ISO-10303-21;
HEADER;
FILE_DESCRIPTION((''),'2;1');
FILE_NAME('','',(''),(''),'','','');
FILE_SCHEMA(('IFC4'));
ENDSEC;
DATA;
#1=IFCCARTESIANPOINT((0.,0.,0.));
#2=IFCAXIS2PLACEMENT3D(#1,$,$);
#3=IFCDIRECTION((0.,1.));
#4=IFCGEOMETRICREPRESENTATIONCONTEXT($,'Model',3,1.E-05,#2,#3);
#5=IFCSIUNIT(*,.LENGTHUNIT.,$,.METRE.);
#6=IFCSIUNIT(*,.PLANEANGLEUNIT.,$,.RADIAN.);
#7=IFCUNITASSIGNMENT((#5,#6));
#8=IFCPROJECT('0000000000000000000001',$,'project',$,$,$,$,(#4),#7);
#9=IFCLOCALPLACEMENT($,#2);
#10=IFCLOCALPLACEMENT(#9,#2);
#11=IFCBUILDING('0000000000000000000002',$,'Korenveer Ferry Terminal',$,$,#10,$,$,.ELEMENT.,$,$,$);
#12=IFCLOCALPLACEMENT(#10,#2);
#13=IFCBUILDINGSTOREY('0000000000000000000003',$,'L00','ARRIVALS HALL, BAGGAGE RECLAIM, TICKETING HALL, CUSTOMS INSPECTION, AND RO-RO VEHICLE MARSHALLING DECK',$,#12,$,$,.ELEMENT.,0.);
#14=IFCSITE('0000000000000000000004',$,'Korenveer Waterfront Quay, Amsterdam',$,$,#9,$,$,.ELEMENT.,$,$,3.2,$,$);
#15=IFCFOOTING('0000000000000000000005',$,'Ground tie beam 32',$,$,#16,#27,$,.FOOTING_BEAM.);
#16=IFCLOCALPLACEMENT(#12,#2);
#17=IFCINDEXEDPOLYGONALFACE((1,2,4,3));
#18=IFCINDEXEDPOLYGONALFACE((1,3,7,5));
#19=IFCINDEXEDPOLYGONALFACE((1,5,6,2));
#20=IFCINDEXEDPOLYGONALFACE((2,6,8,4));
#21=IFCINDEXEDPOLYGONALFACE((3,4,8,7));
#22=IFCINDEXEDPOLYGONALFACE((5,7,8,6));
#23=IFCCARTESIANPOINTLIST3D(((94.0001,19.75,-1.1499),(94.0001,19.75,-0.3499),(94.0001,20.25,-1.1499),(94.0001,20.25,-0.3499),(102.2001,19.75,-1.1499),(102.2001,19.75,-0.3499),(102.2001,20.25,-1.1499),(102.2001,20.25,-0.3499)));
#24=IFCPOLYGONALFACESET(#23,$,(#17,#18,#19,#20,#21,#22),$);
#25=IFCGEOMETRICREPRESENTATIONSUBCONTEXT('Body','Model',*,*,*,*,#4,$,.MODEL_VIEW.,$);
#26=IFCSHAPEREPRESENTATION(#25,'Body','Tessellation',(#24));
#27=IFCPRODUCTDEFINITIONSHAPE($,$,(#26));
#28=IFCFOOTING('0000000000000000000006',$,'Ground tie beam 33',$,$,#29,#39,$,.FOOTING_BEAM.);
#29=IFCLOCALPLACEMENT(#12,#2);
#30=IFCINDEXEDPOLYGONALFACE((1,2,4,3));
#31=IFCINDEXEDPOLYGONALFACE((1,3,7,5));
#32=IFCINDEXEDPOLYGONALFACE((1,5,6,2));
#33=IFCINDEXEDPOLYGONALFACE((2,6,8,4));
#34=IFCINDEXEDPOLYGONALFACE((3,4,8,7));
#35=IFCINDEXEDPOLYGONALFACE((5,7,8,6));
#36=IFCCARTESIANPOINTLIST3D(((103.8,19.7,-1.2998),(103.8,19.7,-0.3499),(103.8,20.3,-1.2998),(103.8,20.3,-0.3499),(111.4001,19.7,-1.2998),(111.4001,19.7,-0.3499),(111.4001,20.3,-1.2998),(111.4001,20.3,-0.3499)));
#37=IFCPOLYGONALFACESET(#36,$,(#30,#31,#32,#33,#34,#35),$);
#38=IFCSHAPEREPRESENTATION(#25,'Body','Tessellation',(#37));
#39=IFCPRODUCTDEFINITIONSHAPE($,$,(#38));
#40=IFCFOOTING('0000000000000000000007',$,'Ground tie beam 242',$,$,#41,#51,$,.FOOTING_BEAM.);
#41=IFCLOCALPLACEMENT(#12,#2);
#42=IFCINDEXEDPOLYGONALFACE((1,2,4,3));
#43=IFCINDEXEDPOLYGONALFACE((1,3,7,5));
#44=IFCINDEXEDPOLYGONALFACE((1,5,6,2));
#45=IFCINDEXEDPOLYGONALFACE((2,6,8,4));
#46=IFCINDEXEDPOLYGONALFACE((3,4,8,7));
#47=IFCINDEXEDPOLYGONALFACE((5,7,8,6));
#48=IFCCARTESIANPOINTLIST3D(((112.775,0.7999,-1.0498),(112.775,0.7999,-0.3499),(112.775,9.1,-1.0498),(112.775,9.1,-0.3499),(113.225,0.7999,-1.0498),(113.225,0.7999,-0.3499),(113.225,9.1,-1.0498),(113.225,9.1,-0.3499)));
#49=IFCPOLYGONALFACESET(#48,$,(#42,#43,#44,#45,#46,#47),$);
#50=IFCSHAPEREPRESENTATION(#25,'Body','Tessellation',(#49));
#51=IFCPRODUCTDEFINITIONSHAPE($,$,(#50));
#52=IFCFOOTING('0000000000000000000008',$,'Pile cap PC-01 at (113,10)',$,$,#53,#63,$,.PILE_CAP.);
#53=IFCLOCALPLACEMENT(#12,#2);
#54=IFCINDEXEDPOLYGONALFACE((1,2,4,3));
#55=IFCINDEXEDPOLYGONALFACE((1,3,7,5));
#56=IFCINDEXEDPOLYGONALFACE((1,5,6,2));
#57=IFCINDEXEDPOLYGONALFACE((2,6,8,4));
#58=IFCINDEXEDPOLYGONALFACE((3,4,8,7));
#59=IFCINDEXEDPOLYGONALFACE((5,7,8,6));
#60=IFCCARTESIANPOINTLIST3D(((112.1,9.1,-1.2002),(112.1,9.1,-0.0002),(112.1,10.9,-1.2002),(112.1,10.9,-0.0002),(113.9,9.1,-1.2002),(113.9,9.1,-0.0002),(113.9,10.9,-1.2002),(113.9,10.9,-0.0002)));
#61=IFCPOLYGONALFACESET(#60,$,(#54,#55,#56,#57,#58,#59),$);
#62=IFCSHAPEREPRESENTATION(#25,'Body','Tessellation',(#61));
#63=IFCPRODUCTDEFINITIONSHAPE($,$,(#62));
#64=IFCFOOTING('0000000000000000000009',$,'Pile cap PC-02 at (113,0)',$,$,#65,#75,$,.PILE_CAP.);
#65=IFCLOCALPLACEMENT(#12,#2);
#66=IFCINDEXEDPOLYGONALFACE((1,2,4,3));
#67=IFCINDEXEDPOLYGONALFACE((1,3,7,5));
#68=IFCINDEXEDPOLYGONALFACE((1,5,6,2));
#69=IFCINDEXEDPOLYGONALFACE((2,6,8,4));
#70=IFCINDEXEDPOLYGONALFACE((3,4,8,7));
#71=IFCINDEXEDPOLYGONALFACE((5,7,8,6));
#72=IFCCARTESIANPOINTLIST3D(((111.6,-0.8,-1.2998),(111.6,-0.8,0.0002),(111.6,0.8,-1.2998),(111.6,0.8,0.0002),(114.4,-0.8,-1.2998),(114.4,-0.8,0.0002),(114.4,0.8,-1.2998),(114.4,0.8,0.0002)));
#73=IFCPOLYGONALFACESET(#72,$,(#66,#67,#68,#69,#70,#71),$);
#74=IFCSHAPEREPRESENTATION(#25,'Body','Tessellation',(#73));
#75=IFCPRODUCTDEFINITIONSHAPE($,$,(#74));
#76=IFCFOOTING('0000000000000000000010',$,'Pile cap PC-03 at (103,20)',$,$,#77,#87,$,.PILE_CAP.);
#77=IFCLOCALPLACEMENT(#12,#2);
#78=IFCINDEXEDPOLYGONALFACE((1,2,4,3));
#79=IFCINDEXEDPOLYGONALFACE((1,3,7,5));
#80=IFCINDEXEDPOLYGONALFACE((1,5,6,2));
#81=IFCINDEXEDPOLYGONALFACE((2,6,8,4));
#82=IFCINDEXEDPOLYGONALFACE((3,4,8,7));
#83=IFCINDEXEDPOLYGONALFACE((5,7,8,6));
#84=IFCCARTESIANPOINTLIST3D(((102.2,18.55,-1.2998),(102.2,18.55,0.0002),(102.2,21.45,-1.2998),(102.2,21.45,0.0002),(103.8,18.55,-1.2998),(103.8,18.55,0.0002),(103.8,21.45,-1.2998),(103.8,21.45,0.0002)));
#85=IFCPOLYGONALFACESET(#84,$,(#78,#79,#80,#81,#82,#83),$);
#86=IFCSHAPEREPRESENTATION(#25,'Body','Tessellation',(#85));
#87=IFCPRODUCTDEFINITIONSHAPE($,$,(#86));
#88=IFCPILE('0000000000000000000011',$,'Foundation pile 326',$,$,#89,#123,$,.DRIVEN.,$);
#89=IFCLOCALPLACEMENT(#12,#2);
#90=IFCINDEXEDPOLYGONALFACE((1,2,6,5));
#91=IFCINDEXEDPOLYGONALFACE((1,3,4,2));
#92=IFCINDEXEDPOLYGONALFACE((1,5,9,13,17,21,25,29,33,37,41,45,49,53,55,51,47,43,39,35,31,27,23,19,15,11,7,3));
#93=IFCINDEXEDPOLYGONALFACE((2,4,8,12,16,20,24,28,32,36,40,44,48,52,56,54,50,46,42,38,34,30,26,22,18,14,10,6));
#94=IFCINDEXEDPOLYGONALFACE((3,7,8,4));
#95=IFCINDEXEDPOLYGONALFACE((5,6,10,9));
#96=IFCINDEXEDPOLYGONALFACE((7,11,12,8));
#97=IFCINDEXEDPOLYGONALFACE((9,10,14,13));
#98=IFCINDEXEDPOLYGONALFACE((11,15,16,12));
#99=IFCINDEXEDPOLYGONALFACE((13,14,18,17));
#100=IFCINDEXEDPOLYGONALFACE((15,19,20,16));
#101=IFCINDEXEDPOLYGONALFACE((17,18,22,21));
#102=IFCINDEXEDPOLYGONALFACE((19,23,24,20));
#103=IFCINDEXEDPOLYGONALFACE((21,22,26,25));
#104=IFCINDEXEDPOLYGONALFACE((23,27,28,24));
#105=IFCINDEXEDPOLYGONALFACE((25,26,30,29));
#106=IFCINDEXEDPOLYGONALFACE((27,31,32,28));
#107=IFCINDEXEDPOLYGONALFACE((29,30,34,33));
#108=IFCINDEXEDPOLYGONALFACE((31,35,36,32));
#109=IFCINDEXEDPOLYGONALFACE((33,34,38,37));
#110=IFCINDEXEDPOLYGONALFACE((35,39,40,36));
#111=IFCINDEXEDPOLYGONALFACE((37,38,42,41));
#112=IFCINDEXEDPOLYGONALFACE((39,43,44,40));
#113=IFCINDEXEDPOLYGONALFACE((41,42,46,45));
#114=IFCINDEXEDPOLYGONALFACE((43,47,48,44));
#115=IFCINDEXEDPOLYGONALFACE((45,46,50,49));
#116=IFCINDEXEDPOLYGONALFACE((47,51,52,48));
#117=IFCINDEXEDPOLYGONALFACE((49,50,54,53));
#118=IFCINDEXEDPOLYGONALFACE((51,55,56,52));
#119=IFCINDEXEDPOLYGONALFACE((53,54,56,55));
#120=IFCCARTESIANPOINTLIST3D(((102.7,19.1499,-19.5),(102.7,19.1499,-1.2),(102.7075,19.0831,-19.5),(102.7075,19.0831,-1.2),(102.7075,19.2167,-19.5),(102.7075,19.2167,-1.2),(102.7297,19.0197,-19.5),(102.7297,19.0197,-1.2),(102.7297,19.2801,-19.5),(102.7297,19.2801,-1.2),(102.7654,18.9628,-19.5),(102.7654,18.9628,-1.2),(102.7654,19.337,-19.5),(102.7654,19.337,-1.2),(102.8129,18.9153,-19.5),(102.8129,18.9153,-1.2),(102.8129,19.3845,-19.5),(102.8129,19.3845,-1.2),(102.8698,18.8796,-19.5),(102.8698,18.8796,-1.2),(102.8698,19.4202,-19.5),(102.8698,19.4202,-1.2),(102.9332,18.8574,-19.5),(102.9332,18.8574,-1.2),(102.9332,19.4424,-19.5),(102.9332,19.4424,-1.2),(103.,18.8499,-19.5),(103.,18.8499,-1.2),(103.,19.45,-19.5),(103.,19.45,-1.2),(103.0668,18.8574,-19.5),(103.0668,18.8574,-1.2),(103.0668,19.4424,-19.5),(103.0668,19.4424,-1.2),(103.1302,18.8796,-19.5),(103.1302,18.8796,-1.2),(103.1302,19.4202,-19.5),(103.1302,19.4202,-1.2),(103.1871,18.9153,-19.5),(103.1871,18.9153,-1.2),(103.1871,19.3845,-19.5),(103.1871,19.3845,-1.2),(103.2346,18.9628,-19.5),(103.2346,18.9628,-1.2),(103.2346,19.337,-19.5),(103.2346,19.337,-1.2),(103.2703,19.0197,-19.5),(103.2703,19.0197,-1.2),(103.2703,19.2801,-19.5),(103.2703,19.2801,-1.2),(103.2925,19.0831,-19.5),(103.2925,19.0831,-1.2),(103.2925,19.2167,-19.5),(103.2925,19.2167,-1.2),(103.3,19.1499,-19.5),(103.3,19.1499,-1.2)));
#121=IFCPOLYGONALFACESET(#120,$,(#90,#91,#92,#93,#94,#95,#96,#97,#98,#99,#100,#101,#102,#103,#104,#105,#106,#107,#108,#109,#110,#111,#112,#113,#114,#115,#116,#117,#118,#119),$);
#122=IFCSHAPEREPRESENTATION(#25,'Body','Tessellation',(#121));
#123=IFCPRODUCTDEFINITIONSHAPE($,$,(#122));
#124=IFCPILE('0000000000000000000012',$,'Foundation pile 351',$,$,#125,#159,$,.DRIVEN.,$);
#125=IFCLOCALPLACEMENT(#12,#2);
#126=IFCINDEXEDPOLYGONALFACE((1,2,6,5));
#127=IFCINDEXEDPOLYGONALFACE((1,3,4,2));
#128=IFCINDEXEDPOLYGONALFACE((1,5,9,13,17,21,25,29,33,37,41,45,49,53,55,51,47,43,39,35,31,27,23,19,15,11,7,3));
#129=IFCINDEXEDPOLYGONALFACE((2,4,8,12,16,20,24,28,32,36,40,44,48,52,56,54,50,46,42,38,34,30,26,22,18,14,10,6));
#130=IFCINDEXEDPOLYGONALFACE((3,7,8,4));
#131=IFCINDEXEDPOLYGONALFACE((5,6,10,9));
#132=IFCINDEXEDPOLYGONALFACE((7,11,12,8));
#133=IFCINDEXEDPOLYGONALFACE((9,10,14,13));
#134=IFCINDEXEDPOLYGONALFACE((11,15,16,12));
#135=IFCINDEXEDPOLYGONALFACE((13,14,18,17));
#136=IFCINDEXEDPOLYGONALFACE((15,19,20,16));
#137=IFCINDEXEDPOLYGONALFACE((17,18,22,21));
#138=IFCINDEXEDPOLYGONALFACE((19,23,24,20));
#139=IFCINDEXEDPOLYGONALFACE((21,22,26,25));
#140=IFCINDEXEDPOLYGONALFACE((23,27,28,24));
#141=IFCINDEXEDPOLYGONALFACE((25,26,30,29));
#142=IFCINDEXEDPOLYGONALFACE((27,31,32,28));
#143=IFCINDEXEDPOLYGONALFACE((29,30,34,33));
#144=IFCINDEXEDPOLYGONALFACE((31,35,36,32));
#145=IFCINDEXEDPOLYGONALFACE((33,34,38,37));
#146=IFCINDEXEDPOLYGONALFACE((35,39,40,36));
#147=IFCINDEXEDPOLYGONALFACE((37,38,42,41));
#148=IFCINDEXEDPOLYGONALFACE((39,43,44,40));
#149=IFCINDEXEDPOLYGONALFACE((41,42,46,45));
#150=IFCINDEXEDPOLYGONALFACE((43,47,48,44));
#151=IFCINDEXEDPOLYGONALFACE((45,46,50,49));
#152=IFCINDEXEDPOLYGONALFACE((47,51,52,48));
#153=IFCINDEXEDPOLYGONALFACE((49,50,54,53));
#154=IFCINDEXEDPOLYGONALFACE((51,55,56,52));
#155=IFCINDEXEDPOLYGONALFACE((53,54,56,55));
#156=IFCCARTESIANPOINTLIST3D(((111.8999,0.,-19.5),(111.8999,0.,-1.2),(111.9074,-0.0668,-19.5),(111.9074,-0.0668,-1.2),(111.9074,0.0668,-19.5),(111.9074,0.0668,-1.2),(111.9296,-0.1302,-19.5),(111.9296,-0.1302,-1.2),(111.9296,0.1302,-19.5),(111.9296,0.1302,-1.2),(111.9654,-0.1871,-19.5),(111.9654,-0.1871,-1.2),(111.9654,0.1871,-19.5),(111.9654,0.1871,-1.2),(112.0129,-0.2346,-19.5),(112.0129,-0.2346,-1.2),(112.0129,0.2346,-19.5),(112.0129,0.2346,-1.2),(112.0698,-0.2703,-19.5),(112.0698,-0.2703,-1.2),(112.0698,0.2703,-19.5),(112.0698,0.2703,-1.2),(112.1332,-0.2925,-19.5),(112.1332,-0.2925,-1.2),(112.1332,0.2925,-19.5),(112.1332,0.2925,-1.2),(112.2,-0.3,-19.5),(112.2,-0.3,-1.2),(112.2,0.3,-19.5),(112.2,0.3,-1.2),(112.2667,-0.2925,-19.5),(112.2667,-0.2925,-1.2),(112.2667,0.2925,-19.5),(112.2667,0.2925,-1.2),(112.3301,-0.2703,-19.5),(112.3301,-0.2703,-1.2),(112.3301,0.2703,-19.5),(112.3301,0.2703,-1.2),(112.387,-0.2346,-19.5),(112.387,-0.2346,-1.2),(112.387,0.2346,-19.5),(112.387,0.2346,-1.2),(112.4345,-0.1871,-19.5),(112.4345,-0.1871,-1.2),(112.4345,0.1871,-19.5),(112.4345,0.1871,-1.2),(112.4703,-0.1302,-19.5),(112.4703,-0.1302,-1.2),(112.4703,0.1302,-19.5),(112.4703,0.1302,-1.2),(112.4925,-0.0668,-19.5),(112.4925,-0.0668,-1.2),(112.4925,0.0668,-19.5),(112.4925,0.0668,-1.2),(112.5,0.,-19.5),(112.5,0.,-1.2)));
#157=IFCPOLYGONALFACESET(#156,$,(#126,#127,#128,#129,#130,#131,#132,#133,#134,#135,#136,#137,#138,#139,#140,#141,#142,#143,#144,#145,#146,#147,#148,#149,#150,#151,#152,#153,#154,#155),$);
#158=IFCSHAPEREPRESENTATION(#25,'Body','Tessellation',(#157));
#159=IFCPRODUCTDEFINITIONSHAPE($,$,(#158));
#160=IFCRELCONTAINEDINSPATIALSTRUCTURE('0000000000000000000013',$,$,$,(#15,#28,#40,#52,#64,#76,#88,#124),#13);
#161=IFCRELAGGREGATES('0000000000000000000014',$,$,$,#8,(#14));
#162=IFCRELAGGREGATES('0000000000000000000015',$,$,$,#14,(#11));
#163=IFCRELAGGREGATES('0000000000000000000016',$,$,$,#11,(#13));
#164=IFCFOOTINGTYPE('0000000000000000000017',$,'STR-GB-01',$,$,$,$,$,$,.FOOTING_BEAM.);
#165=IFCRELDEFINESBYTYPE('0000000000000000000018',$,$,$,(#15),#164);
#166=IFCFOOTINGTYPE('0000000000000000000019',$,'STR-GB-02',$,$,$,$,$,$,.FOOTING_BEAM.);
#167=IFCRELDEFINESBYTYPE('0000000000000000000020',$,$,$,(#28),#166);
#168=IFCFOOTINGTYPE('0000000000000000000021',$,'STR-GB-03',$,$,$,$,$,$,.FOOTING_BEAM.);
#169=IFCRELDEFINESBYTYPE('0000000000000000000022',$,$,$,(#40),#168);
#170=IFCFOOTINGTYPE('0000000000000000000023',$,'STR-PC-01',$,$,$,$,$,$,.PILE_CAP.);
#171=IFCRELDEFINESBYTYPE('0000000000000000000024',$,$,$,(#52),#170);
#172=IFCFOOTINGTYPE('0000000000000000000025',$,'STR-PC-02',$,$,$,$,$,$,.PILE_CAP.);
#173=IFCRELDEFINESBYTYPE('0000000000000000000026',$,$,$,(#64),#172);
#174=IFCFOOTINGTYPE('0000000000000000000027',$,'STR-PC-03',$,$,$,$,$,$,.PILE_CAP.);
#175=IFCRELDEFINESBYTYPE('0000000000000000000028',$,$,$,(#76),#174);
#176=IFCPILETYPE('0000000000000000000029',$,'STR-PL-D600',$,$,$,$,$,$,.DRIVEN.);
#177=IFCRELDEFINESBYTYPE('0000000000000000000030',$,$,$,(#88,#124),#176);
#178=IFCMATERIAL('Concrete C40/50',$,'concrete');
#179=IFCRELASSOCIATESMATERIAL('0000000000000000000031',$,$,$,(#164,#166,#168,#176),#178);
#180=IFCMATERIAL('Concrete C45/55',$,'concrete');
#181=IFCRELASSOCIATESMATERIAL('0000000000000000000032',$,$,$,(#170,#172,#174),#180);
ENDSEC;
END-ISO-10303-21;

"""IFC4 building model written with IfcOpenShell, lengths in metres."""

from ifc_helpers import new_model, si_unit, direction, frame, origin, origin_2d, place, context, subcontext, project, spatial, rectangle, circle, extrude, material, material_profile, profile_set, type_object, element, save


model = new_model("IFC4")

# Units and contexts
model_context = context("Model", 3, precision=1e-05, world=origin(), true_north=direction((0.0, 1.0)))
body_context = subcontext(model_context, "Body", "Model", "MODEL_VIEW")
ifc_project = project(units=[si_unit("LENGTHUNIT", "METRE"), si_unit("PLANEANGLEUNIT", "RADIAN")], contexts=[model_context])

# Site, building, storey
site_placement = place(None, origin())
site = spatial("IfcSite", under=ifc_project, at=site_placement, Name="Korenveer Waterfront Quay, Amsterdam", CompositionType="ELEMENT", RefElevation=3.2)
building_placement = place(site_placement, origin())
building = spatial("IfcBuilding", under=site, at=building_placement, Name="Korenveer Ferry Terminal", CompositionType="ELEMENT")
storey_placement = place(building_placement, origin())
storey = spatial("IfcBuildingStorey", under=building, at=storey_placement, Name="L00", Description="ARRIVALS HALL, BAGGAGE RECLAIM, TICKETING HALL, CUSTOMS INSPECTION, AND RO-RO VEHICLE MARSHALLING DECK", CompositionType="ELEMENT", Elevation=0.0)

# Footings
ifc_material_1 = material(Name="Concrete C40/50", Category="concrete")
footing_type_1 = type_object("IfcFootingType", Name="STR-GB-01", PredefinedType="FOOTING_BEAM", material=ifc_material_1)
footing_1_placement = place(storey_placement, frame((98.1001, 20.0, -1.1499), z_axis=(0.0, 0.0, 1.0), x_axis=(1.0, 0.0, 0.0)))
element("IfcFooting", 1, at=footing_1_placement, inside=storey, type_object=footing_type_1, Name="Ground tie beam 32", PredefinedType="FOOTING_BEAM", context=body_context, shape_type="SweptSolid", body=[
    extrude(rectangle(XDim=8.2, YDim=0.5, at=origin_2d()), origin(), (0.0, 0.0, 1.0), 0.8),
])
footing_type_2 = type_object("IfcFootingType", Name="STR-GB-02", PredefinedType="FOOTING_BEAM", material=ifc_material_1)
footing_2_placement = place(storey_placement, frame((107.6001, 20.0, -1.2998), z_axis=(0.0, 0.0, 1.0), x_axis=(1.0, 0.0, 0.0)))
element("IfcFooting", 2, at=footing_2_placement, inside=storey, type_object=footing_type_2, Name="Ground tie beam 33", PredefinedType="FOOTING_BEAM", context=body_context, shape_type="SweptSolid", body=[
    extrude(rectangle(XDim=7.6001, YDim=0.6001, at=origin_2d()), origin(), (0.0, 0.0, 1.0), 0.95),
])
footing_type_3 = type_object("IfcFootingType", Name="STR-GB-03", PredefinedType="FOOTING_BEAM", material=ifc_material_1)
footing_3_placement = place(storey_placement, frame((113.0, 4.95, -1.0498), z_axis=(0.0, 0.0, 1.0), x_axis=(1.0, 0.0, 0.0)))
element("IfcFooting", 3, at=footing_3_placement, inside=storey, type_object=footing_type_3, Name="Ground tie beam 242", PredefinedType="FOOTING_BEAM", context=body_context, shape_type="SweptSolid", body=[
    extrude(rectangle(XDim=0.45, YDim=8.3, at=origin_2d()), origin(), (0.0, 0.0, 1.0), 0.7),
])
ifc_material_2 = material(Name="Concrete C45/55", Category="concrete")
footing_type_4 = type_object("IfcFootingType", Name="STR-PC-01", PredefinedType="PILE_CAP", material=ifc_material_2)
footing_4_placement = place(storey_placement, frame((113.0, 10.0, -1.2002), z_axis=(0.0, 0.0, 1.0), x_axis=(1.0, 0.0, 0.0)))
element("IfcFooting", 4, at=footing_4_placement, inside=storey, type_object=footing_type_4, Name="Pile cap PC-01 at (113,10)", PredefinedType="PILE_CAP", context=body_context, shape_type="SweptSolid", body=[
    extrude(rectangle(XDim=1.8, YDim=1.8, at=origin_2d()), origin(), (0.0, 0.0, 1.0), 1.2),
])
footing_type_5 = type_object("IfcFootingType", Name="STR-PC-02", PredefinedType="PILE_CAP", material=ifc_material_2)
footing_5_placement = place(storey_placement, frame((113.0, 0.0, -1.2998), z_axis=(0.0, 0.0, 1.0), x_axis=(1.0, 0.0, 0.0)))
element("IfcFooting", 5, at=footing_5_placement, inside=storey, type_object=footing_type_5, Name="Pile cap PC-02 at (113,0)", PredefinedType="PILE_CAP", context=body_context, shape_type="SweptSolid", body=[
    extrude(rectangle(XDim=2.8, YDim=1.6001, at=origin_2d()), origin(), (0.0, 0.0, 1.0), 1.3),
])
footing_type_6 = type_object("IfcFootingType", Name="STR-PC-03", PredefinedType="PILE_CAP", material=ifc_material_2)
footing_6_placement = place(storey_placement, frame((103.0, 20.0, -1.2998), z_axis=(0.0, 0.0, 1.0), x_axis=(1.0, 0.0, 0.0)))
element("IfcFooting", 6, at=footing_6_placement, inside=storey, type_object=footing_type_6, Name="Pile cap PC-03 at (103,20)", PredefinedType="PILE_CAP", context=body_context, shape_type="SweptSolid", body=[
    extrude(rectangle(XDim=1.6001, YDim=2.8999, at=origin_2d()), origin(), (0.0, 0.0, 1.0), 1.3),
])

# Piles
ifc_material_profile_1 = material_profile(ifc_material_1, circle(Radius=0.3, at=origin_2d()), Name="PILE D600")
ifc_profile_set_1 = profile_set([ifc_material_profile_1], Name="Concrete C40/50")
pile_type_1 = type_object("IfcPileType", Name="STR-PL-D600", PredefinedType="DRIVEN", material=ifc_profile_set_1)
for number, where, z_axis, x_axis, name in (
    (7, (103.0, 19.1499, -1.2), (0.0, 0.0, -1.0), (1.0, 0.0, 0.0), "Foundation pile 326"),
    (8, (112.2, 0.0, -1.2), (0.0, 0.0, -1.0), (1.0, 0.0, 0.0), "Foundation pile 351"),
):
    element("IfcPile", number, at=place(storey_placement, frame(where, z_axis=z_axis, x_axis=x_axis)), inside=storey, type_object=pile_type_1, Name=name, PredefinedType="DRIVEN", context=body_context, shape_type="SweptSolid", body=[
        extrude(circle(Radius=0.3, at=origin_2d()), origin(), (0.0, 0.0, 1.0), 18.3),
    ])

save(model, "model.ifc")
